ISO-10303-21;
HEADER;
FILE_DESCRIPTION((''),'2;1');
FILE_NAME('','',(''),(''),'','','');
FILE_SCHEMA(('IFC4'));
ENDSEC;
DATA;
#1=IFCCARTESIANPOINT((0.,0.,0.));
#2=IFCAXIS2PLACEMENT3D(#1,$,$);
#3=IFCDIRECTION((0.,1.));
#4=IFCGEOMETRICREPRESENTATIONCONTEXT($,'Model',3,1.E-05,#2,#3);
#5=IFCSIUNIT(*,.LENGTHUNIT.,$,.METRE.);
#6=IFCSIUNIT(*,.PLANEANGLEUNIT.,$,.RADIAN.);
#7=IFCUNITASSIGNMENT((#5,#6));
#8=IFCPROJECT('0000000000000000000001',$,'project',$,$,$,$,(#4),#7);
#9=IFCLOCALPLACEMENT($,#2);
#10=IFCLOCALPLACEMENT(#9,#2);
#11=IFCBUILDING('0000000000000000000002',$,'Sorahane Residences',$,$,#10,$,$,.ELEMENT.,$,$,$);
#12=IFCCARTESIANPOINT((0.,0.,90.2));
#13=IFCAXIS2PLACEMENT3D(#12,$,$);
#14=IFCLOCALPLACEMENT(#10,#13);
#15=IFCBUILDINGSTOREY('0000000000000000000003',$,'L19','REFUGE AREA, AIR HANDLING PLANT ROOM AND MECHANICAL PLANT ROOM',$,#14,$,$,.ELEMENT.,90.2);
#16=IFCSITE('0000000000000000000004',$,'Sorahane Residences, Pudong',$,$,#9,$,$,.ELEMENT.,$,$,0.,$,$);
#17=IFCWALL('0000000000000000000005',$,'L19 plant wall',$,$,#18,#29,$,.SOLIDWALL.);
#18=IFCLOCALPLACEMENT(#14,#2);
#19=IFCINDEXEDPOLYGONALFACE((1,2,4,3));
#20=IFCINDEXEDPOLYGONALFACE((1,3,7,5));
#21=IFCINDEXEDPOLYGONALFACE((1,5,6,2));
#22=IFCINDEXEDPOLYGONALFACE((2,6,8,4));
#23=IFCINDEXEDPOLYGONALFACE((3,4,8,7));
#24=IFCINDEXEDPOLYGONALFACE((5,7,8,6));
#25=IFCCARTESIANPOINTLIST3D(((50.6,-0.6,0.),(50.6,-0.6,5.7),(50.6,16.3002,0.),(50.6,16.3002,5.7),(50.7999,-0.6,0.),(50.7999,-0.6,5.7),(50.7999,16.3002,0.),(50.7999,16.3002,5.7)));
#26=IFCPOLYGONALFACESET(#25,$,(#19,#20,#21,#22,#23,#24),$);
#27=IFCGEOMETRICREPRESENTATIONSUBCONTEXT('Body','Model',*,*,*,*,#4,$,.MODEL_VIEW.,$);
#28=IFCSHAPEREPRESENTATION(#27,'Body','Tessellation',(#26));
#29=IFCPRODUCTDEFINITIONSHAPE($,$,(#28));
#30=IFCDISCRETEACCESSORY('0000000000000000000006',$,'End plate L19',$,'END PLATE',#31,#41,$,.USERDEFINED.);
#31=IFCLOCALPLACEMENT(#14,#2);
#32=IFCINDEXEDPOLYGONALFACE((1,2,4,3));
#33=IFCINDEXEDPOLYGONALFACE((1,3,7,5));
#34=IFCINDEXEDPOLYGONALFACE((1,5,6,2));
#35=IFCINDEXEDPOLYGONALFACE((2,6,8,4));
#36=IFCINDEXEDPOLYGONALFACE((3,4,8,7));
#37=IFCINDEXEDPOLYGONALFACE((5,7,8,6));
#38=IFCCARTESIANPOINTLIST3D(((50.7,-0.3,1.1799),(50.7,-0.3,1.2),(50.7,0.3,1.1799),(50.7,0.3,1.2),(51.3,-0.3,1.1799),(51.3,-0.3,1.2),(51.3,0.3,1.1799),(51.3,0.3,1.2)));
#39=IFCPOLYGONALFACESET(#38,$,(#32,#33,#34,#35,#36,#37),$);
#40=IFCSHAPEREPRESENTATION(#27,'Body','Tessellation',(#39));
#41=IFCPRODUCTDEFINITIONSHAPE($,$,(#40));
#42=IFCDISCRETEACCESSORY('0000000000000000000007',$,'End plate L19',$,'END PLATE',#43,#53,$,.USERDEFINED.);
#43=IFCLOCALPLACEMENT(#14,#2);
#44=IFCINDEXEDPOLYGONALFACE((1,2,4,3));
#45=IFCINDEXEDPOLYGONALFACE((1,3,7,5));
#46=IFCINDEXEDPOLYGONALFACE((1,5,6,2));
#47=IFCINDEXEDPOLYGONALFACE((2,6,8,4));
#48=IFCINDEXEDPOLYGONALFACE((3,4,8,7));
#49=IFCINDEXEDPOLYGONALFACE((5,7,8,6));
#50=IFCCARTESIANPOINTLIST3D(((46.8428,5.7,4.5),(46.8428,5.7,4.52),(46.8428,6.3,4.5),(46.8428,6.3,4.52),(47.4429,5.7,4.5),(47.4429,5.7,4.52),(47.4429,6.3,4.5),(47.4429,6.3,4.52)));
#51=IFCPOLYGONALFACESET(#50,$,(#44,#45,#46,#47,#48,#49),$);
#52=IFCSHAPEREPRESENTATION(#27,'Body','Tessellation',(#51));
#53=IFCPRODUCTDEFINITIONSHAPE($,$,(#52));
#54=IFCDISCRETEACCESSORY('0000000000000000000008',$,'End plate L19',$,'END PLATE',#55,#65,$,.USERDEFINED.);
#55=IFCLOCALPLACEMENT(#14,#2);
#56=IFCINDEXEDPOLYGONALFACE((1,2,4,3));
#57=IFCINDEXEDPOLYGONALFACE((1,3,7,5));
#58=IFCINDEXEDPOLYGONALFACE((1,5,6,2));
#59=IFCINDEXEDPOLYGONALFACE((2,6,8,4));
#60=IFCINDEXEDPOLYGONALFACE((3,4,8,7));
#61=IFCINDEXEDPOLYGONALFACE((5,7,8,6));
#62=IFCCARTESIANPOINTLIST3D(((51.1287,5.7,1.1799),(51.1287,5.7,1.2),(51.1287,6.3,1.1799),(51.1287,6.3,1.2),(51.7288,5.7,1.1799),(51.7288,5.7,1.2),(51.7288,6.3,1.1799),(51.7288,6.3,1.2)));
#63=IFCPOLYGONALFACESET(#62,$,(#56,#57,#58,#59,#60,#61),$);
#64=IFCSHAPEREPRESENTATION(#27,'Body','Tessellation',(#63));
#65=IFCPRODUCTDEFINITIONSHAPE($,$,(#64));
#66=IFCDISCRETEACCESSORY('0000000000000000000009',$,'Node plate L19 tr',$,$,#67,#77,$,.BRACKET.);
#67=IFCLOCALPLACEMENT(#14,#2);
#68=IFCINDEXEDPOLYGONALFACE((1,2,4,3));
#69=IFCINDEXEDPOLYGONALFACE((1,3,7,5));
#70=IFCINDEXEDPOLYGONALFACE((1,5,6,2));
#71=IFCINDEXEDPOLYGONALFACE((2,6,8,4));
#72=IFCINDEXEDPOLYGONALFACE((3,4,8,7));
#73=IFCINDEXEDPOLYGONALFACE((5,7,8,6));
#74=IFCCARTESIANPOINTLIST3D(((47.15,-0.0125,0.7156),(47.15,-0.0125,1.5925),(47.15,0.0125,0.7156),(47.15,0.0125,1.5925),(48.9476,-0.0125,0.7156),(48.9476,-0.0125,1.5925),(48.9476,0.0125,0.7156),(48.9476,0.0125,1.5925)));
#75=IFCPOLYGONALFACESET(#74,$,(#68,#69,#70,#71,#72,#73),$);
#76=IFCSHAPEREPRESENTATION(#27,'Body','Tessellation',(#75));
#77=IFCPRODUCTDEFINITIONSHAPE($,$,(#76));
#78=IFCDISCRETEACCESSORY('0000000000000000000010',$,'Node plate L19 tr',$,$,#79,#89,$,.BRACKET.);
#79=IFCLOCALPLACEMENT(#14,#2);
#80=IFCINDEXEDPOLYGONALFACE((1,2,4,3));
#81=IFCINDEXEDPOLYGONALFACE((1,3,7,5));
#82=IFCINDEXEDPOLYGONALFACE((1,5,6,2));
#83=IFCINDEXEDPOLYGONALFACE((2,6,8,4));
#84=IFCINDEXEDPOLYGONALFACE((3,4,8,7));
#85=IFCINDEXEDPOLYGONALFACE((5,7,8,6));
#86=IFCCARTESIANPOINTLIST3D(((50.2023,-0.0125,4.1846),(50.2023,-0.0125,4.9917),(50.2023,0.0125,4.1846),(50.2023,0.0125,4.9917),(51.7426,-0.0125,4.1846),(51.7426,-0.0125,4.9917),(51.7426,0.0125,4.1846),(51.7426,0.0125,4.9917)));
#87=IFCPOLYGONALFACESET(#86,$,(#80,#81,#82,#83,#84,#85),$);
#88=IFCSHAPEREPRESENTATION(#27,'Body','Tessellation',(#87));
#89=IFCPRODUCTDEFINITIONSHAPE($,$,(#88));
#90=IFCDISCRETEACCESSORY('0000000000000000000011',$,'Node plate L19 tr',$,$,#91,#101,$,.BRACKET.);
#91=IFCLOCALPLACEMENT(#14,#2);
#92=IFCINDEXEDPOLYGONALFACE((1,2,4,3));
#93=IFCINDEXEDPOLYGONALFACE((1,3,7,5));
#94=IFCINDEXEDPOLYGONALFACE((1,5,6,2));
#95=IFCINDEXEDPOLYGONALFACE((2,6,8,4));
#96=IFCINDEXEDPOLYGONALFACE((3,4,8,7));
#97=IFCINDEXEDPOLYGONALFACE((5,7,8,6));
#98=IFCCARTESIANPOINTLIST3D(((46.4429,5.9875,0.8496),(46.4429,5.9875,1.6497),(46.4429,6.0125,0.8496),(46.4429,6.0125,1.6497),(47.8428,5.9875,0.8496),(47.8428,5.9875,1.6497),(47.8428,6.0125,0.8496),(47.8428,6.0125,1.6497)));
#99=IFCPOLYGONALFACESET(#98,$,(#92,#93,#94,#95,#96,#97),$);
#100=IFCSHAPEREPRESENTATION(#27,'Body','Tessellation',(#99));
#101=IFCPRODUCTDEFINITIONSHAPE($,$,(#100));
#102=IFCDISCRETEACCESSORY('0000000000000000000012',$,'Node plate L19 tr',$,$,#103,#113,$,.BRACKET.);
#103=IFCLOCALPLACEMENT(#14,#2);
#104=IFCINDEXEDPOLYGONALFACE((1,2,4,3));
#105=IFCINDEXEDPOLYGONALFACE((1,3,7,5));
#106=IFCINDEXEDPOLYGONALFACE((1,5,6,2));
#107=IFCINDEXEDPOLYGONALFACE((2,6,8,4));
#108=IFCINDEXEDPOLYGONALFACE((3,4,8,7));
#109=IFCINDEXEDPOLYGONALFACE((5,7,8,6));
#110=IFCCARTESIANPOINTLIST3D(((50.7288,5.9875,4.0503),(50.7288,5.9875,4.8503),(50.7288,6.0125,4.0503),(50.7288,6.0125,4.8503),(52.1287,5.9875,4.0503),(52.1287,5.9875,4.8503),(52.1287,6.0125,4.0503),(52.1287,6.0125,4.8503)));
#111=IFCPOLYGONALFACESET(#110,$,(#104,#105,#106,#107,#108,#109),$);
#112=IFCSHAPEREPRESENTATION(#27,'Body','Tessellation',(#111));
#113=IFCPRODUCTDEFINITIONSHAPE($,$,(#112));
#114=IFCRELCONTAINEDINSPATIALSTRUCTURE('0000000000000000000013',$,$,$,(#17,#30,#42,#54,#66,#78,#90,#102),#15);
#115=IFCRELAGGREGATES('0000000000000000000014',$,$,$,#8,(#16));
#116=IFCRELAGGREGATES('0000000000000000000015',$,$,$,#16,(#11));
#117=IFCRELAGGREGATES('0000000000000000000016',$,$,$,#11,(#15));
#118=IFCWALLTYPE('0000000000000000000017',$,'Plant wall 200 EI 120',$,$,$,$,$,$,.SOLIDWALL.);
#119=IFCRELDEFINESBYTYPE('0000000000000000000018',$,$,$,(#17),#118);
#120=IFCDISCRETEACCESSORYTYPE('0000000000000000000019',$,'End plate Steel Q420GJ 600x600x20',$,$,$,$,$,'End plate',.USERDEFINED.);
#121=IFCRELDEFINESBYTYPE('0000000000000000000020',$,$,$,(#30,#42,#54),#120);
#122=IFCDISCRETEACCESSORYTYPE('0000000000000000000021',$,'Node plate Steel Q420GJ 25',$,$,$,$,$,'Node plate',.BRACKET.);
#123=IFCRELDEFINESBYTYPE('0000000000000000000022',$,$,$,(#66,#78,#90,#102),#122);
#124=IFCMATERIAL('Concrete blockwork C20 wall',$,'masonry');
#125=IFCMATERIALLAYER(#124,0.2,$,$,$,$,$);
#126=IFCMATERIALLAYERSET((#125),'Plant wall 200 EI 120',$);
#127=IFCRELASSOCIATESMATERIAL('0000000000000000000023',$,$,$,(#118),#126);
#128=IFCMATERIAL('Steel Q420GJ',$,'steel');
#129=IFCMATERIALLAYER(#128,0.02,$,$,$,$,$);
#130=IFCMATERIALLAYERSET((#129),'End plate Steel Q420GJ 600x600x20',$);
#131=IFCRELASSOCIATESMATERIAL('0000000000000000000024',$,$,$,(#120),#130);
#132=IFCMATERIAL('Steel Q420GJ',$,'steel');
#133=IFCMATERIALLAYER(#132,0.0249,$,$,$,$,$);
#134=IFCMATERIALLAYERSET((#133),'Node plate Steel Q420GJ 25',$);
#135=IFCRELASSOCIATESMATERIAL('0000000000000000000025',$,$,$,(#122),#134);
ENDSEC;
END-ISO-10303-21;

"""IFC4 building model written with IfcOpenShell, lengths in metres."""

from ifc_helpers import new_model, si_unit, direction, frame, frame_2d, origin, origin_2d, place, context, subcontext, project, spatial, rectangle, extrude, material, layer, layer_set, type_object, element, save


model = new_model("IFC4")

# Units and contexts
model_context = context("Model", 3, precision=1e-05, world=origin(), true_north=direction((0.0, 1.0)))
body_context = subcontext(model_context, "Body", "Model", "MODEL_VIEW")
ifc_project = project(units=[si_unit("LENGTHUNIT", "METRE"), si_unit("PLANEANGLEUNIT", "RADIAN")], contexts=[model_context])

# Site, building, storey
site_placement = place(None, origin())
site = spatial("IfcSite", under=ifc_project, at=site_placement, Name="Sorahane Residences, Pudong", CompositionType="ELEMENT", RefElevation=0.0)
building_placement = place(site_placement, origin())
building = spatial("IfcBuilding", under=site, at=building_placement, Name="Sorahane Residences", CompositionType="ELEMENT")
storey_placement = place(building_placement, frame((0.0, 0.0, 90.2)))
storey = spatial("IfcBuildingStorey", under=building, at=storey_placement, Name="L19", Description="REFUGE AREA, AIR HANDLING PLANT ROOM AND MECHANICAL PLANT ROOM", CompositionType="ELEMENT", Elevation=90.2)

# Wall
ifc_material_1 = material(Name="Concrete blockwork C20 wall", Category="masonry")
ifc_layer_1 = layer(ifc_material_1, 0.2)
ifc_layer_set_1 = layer_set([ifc_layer_1], Name="Plant wall 200 EI 120")
wall_type = type_object("IfcWallType", Name="Plant wall 200 EI 120", PredefinedType="SOLIDWALL", material=ifc_layer_set_1)
wall_placement = place(storey_placement, frame((50.7, -0.6001, 0.0), z_axis=(0.0, 0.0, 1.0), x_axis=(0.0, 1.0, 0.0)))
element("IfcWall", 1, at=wall_placement, inside=storey, type_object=wall_type, Name="L19 plant wall", PredefinedType="SOLIDWALL", context=body_context, shape_type="SweptSolid", body=[
    extrude(rectangle(XDim=16.9001, YDim=0.2, at=frame_2d((8.4502, 0.0))), origin(), (0.0, 0.0, 1.0), 5.7),
])

# Discrete accessories
ifc_material_2 = material(Name="Steel Q420GJ", Category="steel")
ifc_layer_2 = layer(ifc_material_2, 0.02)
ifc_layer_set_2 = layer_set([ifc_layer_2], Name="End plate Steel Q420GJ 600x600x20")
discrete_accessory_type_1 = type_object("IfcDiscreteAccessoryType", Name="End plate Steel Q420GJ 600x600x20", ElementType="End plate", PredefinedType="USERDEFINED", material=ifc_layer_set_2)
for number, where, z_axis, x_axis, name in (
    (2, (51.0, 0.0, 1.1799), (0.0, 0.0, 1.0), (1.0, 0.0, 0.0), "End plate L19"),
    (3, (47.1428, 6.0, 4.5), (0.0, 0.0, 1.0), (1.0, 0.0, 0.0), "End plate L19"),
    (4, (51.4287, 6.0, 1.1799), (0.0, 0.0, 1.0), (1.0, 0.0, 0.0), "End plate L19"),
):
    element("IfcDiscreteAccessory", number, at=place(storey_placement, frame(where, z_axis=z_axis, x_axis=x_axis)), inside=storey, type_object=discrete_accessory_type_1, Name=name, ObjectType="END PLATE", PredefinedType="USERDEFINED", context=body_context, shape_type="SweptSolid", body=[
        extrude(rectangle(XDim=0.6001, YDim=0.6001, at=origin_2d()), origin(), (0.0, 0.0, 1.0), 0.02),
    ])
ifc_material_3 = material(Name="Steel Q420GJ", Category="steel")
ifc_layer_3 = layer(ifc_material_3, 0.0249)
ifc_layer_set_3 = layer_set([ifc_layer_3], Name="Node plate Steel Q420GJ 25")
discrete_accessory_type_2 = type_object("IfcDiscreteAccessoryType", Name="Node plate Steel Q420GJ 25", ElementType="Node plate", PredefinedType="BRACKET", material=ifc_layer_set_3)
discrete_accessory_1_placement = place(storey_placement, frame((48.0488, 0.0, 0.7156), z_axis=(0.0, 0.0, 1.0), x_axis=(1.0, 0.0, 0.0)))
element("IfcDiscreteAccessory", 5, at=discrete_accessory_1_placement, inside=storey, type_object=discrete_accessory_type_2, Name="Node plate L19 tr", PredefinedType="BRACKET", context=body_context, shape_type="SweptSolid", body=[
    extrude(rectangle(XDim=1.7976, YDim=0.0249, at=origin_2d()), origin(), (0.0, 0.0, 1.0), 0.877),
])
discrete_accessory_2_placement = place(storey_placement, frame((50.9724, 0.0, 4.1846), z_axis=(0.0, 0.0, 1.0), x_axis=(1.0, 0.0, 0.0)))
element("IfcDiscreteAccessory", 6, at=discrete_accessory_2_placement, inside=storey, type_object=discrete_accessory_type_2, Name="Node plate L19 tr", PredefinedType="BRACKET", context=body_context, shape_type="SweptSolid", body=[
    extrude(rectangle(XDim=1.5403, YDim=0.0249, at=origin_2d()), origin(), (0.0, 0.0, 1.0), 0.8071),
])
for number, where, z_axis, x_axis, name in (
    (7, (47.1428, 6.0, 0.8496), (0.0, 0.0, 1.0), (1.0, 0.0, 0.0), "Node plate L19 tr"),
    (8, (51.4287, 6.0, 4.0503), (0.0, 0.0, 1.0), (1.0, 0.0, 0.0), "Node plate L19 tr"),
):
    element("IfcDiscreteAccessory", number, at=place(storey_placement, frame(where, z_axis=z_axis, x_axis=x_axis)), inside=storey, type_object=discrete_accessory_type_2, Name=name, PredefinedType="BRACKET", context=body_context, shape_type="SweptSolid", body=[
        extrude(rectangle(XDim=1.3999, YDim=0.0249, at=origin_2d()), origin(), (0.0, 0.0, 1.0), 0.8),
    ])

save(model, "model.ifc")
